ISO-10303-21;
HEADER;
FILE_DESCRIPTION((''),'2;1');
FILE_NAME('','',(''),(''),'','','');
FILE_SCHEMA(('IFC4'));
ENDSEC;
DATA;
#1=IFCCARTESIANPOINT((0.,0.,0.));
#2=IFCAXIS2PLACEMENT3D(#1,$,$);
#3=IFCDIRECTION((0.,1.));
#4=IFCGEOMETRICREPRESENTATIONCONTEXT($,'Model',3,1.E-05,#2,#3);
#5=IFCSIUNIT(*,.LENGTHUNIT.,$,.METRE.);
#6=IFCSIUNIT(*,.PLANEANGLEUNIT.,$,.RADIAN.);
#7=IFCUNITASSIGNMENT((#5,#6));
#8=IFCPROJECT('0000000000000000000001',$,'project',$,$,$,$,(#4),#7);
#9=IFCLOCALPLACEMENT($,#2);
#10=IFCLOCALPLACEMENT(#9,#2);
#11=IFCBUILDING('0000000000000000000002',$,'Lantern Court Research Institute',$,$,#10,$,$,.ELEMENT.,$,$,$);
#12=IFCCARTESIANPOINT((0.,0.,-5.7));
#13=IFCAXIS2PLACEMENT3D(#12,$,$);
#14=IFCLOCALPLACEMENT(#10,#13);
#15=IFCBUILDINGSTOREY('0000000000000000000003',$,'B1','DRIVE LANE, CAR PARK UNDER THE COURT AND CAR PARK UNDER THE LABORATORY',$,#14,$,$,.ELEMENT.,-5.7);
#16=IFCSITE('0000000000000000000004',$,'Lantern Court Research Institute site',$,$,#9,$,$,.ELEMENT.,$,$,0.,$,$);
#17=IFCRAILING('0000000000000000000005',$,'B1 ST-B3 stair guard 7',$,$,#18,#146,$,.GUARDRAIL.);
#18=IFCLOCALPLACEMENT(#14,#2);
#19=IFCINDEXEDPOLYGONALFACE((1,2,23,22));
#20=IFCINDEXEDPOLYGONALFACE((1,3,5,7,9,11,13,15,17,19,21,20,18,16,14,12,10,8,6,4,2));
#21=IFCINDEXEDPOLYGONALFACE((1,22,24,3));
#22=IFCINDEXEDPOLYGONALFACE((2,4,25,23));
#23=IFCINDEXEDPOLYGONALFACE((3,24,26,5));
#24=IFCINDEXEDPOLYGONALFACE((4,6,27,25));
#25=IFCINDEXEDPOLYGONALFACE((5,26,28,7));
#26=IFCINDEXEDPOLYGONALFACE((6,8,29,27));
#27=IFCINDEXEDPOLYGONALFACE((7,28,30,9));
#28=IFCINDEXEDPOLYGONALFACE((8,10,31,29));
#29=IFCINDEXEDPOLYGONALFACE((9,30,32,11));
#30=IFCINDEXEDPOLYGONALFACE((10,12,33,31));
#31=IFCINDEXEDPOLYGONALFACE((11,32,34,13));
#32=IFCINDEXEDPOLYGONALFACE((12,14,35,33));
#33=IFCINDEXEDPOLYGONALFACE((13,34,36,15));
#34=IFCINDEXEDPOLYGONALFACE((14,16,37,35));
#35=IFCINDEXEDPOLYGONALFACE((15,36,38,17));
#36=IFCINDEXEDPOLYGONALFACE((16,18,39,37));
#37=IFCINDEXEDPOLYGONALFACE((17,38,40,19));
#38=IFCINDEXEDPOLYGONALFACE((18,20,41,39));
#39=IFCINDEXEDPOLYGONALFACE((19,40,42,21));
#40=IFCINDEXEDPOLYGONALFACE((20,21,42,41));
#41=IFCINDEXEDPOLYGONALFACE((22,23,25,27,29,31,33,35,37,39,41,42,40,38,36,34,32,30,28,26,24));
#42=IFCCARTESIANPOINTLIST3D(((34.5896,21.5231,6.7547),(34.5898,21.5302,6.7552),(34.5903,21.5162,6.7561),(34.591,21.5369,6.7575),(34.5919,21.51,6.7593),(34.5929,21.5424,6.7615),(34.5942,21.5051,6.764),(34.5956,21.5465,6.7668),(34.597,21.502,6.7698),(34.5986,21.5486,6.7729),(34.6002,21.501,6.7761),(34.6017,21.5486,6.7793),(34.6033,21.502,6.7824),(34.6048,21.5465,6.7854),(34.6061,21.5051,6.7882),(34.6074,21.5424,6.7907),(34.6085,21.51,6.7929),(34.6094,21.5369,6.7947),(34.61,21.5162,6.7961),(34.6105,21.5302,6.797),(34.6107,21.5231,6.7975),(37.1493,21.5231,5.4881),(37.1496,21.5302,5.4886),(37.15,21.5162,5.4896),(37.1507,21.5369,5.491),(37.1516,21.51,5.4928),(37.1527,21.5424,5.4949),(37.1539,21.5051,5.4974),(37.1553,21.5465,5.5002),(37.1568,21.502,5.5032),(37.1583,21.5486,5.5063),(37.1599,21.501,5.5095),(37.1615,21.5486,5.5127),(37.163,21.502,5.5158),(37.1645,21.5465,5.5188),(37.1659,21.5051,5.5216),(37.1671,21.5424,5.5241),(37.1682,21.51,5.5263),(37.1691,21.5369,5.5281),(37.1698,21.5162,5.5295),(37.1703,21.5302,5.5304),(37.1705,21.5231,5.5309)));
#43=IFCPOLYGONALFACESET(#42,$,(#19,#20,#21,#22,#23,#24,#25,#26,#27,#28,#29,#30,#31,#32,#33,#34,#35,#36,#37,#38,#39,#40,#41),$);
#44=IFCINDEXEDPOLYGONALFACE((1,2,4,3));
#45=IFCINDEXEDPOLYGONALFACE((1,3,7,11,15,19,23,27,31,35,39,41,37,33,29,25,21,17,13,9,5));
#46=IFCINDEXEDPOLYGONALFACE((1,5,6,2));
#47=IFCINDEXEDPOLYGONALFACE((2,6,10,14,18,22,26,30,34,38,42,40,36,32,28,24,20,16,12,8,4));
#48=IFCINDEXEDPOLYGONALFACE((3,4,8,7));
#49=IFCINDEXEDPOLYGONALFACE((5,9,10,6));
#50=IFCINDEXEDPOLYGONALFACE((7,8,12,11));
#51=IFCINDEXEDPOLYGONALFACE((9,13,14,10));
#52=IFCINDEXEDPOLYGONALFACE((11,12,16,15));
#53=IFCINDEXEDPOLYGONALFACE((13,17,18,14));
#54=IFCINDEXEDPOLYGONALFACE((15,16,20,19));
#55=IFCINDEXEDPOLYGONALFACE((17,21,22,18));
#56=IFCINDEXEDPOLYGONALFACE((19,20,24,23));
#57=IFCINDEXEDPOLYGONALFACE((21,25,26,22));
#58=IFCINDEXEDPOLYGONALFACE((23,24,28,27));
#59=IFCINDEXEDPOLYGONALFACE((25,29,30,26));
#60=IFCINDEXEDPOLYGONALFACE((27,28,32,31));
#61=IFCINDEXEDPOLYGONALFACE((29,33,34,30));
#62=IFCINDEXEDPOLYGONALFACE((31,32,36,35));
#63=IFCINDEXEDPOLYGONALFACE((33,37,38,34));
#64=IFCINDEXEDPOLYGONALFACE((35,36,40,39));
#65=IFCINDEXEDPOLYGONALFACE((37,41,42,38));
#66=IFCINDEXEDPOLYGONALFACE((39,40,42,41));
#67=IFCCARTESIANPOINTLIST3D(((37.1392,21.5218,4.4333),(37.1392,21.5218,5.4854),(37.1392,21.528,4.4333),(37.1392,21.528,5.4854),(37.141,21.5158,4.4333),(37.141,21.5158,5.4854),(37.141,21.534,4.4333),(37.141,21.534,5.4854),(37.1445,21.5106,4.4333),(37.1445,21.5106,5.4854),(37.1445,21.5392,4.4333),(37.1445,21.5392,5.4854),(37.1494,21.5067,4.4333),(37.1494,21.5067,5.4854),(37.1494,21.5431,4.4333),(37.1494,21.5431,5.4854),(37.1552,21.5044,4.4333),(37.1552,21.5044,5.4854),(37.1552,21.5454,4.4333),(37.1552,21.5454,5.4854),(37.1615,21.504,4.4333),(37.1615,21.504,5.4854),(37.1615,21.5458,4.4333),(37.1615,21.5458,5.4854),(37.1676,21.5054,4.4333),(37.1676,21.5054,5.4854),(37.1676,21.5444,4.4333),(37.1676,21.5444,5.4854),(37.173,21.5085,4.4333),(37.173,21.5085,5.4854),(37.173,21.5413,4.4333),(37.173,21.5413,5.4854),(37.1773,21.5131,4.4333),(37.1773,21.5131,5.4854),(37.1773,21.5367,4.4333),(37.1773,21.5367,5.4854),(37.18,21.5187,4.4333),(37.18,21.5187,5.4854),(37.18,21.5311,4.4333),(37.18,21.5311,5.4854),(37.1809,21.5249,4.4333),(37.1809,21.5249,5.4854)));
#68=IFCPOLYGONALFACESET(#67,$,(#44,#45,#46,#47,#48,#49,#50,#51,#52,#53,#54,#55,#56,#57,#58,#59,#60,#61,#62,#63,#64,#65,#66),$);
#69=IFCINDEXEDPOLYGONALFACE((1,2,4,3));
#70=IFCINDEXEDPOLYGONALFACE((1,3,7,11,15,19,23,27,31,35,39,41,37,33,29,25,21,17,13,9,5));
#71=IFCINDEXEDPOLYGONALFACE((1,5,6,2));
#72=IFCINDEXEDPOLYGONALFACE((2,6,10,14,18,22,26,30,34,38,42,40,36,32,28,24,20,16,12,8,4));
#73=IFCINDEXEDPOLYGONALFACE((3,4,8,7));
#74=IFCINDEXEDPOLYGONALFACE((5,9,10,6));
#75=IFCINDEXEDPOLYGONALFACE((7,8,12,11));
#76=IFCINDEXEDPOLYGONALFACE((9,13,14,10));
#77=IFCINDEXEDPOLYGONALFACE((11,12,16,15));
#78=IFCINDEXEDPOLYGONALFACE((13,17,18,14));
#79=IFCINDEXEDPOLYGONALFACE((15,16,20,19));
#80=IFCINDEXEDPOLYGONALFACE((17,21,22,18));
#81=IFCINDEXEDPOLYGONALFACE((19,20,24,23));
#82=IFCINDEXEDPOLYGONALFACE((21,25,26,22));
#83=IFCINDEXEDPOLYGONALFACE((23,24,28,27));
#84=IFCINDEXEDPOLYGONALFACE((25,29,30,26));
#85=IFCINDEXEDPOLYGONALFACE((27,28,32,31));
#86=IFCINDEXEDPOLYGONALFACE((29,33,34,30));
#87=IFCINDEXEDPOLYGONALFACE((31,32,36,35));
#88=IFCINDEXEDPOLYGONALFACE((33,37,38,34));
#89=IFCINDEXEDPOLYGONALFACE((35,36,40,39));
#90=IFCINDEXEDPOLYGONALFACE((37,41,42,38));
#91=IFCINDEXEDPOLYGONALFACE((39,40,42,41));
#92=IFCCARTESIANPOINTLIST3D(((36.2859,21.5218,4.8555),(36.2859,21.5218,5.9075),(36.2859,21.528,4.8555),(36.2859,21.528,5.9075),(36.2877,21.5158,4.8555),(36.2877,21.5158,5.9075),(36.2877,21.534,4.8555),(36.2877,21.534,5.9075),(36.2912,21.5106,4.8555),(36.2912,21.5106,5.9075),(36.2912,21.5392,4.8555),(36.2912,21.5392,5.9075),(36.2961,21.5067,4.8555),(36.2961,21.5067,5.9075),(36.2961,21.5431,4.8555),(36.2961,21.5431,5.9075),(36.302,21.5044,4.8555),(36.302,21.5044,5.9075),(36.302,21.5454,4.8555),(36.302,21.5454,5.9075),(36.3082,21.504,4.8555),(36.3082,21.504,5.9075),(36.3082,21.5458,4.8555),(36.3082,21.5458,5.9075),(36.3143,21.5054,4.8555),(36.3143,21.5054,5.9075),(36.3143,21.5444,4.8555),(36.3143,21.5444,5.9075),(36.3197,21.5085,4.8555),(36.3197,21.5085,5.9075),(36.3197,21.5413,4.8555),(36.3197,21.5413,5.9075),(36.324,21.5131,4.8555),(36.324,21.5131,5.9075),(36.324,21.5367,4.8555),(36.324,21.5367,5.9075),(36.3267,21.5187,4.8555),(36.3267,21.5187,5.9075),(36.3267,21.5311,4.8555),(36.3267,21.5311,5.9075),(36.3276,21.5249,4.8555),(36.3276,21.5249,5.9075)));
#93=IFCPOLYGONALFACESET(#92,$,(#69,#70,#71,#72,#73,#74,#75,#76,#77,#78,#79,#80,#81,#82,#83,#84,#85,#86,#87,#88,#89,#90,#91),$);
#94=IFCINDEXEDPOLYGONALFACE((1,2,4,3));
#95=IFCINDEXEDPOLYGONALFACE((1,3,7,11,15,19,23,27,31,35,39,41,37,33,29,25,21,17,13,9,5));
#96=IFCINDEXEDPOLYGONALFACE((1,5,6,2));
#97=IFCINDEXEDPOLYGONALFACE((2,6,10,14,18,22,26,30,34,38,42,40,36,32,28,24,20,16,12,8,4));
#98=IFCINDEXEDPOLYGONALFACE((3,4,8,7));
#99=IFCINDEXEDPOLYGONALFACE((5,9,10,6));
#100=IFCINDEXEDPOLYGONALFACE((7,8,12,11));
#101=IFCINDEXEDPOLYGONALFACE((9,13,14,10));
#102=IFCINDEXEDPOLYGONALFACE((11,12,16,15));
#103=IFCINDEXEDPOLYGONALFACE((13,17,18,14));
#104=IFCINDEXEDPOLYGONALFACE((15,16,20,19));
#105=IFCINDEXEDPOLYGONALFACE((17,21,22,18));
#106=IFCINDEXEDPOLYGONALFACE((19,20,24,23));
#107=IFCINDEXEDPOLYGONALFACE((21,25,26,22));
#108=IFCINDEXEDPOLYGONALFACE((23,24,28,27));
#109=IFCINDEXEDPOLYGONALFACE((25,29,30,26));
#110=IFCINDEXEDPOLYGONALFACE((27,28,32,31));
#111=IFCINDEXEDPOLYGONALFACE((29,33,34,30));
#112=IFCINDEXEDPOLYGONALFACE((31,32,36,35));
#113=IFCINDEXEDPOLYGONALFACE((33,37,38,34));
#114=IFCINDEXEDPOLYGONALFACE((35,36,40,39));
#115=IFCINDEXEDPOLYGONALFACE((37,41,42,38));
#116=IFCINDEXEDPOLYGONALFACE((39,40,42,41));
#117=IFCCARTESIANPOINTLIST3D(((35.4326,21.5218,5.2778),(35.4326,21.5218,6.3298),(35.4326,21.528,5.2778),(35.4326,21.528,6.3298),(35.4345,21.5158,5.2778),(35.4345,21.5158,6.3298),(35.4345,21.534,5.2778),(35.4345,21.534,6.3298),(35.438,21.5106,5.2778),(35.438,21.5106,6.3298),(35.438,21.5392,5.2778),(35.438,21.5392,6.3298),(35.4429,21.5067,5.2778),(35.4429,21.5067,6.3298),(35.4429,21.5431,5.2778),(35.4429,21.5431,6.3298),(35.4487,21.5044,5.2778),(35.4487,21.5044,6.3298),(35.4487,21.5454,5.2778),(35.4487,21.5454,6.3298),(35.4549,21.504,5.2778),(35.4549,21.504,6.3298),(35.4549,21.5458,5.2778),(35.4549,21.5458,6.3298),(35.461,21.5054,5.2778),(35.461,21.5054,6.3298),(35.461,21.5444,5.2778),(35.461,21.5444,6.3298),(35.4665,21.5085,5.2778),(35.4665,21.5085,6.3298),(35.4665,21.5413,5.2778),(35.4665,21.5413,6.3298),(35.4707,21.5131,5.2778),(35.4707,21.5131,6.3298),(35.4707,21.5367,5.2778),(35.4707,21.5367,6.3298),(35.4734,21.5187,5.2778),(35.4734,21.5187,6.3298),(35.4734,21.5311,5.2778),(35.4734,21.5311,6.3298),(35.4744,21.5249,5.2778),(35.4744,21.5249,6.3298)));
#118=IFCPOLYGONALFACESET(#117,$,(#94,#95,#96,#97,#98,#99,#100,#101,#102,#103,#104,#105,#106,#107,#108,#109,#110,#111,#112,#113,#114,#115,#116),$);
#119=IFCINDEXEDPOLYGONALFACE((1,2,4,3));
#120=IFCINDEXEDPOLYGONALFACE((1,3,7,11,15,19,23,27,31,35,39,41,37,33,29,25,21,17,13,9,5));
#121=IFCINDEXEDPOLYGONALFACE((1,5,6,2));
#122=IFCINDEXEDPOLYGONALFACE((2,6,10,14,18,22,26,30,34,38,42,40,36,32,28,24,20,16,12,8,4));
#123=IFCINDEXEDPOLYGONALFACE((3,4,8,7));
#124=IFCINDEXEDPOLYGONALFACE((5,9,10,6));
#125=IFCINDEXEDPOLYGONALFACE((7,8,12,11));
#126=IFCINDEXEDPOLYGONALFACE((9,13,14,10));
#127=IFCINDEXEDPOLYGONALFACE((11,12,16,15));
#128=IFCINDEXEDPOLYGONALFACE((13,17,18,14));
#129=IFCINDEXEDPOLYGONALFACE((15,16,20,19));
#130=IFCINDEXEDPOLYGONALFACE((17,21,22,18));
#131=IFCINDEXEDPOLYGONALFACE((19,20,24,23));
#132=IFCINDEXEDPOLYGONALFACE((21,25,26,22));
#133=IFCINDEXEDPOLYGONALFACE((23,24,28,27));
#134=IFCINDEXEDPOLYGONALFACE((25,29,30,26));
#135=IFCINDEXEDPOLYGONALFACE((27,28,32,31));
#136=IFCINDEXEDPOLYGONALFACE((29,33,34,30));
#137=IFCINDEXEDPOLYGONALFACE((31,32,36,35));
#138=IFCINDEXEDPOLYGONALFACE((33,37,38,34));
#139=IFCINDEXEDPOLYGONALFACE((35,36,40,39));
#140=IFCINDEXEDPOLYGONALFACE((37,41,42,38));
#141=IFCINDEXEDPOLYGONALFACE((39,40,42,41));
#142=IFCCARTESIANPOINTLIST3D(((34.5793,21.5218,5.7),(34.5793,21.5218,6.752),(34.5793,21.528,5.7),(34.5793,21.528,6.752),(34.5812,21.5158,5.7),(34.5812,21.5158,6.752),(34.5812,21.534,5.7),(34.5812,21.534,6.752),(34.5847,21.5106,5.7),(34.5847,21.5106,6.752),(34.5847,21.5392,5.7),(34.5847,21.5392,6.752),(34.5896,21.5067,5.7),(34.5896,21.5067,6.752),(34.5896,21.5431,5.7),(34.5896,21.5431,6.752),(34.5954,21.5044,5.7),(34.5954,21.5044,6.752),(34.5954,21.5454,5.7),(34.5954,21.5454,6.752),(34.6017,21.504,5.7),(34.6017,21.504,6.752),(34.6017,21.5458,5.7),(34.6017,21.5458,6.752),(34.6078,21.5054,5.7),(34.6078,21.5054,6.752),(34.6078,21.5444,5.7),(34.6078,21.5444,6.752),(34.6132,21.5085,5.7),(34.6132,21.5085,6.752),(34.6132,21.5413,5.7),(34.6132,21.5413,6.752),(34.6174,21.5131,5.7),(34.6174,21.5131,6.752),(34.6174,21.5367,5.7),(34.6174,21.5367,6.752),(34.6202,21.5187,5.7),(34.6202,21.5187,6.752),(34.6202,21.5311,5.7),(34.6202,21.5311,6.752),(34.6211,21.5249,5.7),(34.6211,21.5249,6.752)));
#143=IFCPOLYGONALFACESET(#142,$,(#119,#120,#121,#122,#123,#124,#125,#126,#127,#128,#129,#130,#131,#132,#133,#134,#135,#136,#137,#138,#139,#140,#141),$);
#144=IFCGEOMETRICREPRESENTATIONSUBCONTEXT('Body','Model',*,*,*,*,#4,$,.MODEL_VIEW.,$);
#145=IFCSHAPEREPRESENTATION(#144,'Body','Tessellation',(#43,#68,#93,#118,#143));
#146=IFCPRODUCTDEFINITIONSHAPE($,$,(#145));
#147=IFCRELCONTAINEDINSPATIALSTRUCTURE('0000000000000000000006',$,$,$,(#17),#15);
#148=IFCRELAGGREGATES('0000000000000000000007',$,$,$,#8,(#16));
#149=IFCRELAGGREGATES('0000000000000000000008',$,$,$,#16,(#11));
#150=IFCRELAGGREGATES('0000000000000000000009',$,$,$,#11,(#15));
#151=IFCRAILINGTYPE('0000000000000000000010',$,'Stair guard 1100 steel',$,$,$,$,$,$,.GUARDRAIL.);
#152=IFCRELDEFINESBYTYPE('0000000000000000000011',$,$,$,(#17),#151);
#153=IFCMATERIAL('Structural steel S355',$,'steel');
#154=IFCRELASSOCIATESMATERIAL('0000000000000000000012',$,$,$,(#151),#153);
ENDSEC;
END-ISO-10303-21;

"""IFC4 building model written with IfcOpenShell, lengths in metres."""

from ifc_helpers import new_model, si_unit, direction, frame, origin, origin_2d, place, context, subcontext, project, spatial, circle, extrude, material, type_object, element, save


model = new_model("IFC4")

# Units and contexts
model_context = context("Model", 3, precision=1e-05, world=origin(), true_north=direction((0.0, 1.0)))
body_context = subcontext(model_context, "Body", "Model", "MODEL_VIEW")
ifc_project = project(units=[si_unit("LENGTHUNIT", "METRE"), si_unit("PLANEANGLEUNIT", "RADIAN")], contexts=[model_context])

# Site, building, storey
site_placement = place(None, origin())
site = spatial("IfcSite", under=ifc_project, at=site_placement, Name="Lantern Court Research Institute site", CompositionType="ELEMENT", RefElevation=0.0)
building_placement = place(site_placement, origin())
building = spatial("IfcBuilding", under=site, at=building_placement, Name="Lantern Court Research Institute", CompositionType="ELEMENT")
storey_placement = place(building_placement, frame((0.0, 0.0, -5.7)))
storey = spatial("IfcBuildingStorey", under=building, at=storey_placement, Name="B1", Description="DRIVE LANE, CAR PARK UNDER THE COURT AND CAR PARK UNDER THE LABORATORY", CompositionType="ELEMENT", Elevation=-5.7)

# Railing
ifc_material_1 = material(Name="Structural steel S355", Category="steel")
railing_type_1 = type_object("IfcRailingType", Name="Stair guard 1100 steel", PredefinedType="GUARDRAIL", material=ifc_material_1)
railing_1_placement = place(storey_placement, frame((37.1599, 21.5249, 4.4333)))
element("IfcRailing", 1, at=railing_1_placement, inside=storey, type_object=railing_type_1, Name="B1 ST-B3 stair guard 7", PredefinedType="GUARDRAIL", context=body_context, shape_type="SweptSolid", body=[
    extrude(circle(Radius=0.0239, at=origin_2d()), frame((0.0, 0.0, 1.0762), z_axis=(-0.896283, 0.0, 0.443483), x_axis=(0.0, -1.0, 0.0)), (0.0, 0.0, 1.0), 2.856),
    extrude(circle(Radius=0.021, at=origin_2d()), origin(), (0.0, 0.0, 1.0), 1.052),
    extrude(circle(Radius=0.021, at=origin_2d()), frame((-0.8533, 0.0, 0.4221)), (0.0, 0.0, 1.0), 1.052),
    extrude(circle(Radius=0.021, at=origin_2d()), frame((-1.7065, 0.0, 0.8445)), (0.0, 0.0, 1.0), 1.052),
    extrude(circle(Radius=0.021, at=origin_2d()), frame((-2.5598, 0.0, 1.2666)), (0.0, 0.0, 1.0), 1.052),
])

save(model, "model.ifc")
